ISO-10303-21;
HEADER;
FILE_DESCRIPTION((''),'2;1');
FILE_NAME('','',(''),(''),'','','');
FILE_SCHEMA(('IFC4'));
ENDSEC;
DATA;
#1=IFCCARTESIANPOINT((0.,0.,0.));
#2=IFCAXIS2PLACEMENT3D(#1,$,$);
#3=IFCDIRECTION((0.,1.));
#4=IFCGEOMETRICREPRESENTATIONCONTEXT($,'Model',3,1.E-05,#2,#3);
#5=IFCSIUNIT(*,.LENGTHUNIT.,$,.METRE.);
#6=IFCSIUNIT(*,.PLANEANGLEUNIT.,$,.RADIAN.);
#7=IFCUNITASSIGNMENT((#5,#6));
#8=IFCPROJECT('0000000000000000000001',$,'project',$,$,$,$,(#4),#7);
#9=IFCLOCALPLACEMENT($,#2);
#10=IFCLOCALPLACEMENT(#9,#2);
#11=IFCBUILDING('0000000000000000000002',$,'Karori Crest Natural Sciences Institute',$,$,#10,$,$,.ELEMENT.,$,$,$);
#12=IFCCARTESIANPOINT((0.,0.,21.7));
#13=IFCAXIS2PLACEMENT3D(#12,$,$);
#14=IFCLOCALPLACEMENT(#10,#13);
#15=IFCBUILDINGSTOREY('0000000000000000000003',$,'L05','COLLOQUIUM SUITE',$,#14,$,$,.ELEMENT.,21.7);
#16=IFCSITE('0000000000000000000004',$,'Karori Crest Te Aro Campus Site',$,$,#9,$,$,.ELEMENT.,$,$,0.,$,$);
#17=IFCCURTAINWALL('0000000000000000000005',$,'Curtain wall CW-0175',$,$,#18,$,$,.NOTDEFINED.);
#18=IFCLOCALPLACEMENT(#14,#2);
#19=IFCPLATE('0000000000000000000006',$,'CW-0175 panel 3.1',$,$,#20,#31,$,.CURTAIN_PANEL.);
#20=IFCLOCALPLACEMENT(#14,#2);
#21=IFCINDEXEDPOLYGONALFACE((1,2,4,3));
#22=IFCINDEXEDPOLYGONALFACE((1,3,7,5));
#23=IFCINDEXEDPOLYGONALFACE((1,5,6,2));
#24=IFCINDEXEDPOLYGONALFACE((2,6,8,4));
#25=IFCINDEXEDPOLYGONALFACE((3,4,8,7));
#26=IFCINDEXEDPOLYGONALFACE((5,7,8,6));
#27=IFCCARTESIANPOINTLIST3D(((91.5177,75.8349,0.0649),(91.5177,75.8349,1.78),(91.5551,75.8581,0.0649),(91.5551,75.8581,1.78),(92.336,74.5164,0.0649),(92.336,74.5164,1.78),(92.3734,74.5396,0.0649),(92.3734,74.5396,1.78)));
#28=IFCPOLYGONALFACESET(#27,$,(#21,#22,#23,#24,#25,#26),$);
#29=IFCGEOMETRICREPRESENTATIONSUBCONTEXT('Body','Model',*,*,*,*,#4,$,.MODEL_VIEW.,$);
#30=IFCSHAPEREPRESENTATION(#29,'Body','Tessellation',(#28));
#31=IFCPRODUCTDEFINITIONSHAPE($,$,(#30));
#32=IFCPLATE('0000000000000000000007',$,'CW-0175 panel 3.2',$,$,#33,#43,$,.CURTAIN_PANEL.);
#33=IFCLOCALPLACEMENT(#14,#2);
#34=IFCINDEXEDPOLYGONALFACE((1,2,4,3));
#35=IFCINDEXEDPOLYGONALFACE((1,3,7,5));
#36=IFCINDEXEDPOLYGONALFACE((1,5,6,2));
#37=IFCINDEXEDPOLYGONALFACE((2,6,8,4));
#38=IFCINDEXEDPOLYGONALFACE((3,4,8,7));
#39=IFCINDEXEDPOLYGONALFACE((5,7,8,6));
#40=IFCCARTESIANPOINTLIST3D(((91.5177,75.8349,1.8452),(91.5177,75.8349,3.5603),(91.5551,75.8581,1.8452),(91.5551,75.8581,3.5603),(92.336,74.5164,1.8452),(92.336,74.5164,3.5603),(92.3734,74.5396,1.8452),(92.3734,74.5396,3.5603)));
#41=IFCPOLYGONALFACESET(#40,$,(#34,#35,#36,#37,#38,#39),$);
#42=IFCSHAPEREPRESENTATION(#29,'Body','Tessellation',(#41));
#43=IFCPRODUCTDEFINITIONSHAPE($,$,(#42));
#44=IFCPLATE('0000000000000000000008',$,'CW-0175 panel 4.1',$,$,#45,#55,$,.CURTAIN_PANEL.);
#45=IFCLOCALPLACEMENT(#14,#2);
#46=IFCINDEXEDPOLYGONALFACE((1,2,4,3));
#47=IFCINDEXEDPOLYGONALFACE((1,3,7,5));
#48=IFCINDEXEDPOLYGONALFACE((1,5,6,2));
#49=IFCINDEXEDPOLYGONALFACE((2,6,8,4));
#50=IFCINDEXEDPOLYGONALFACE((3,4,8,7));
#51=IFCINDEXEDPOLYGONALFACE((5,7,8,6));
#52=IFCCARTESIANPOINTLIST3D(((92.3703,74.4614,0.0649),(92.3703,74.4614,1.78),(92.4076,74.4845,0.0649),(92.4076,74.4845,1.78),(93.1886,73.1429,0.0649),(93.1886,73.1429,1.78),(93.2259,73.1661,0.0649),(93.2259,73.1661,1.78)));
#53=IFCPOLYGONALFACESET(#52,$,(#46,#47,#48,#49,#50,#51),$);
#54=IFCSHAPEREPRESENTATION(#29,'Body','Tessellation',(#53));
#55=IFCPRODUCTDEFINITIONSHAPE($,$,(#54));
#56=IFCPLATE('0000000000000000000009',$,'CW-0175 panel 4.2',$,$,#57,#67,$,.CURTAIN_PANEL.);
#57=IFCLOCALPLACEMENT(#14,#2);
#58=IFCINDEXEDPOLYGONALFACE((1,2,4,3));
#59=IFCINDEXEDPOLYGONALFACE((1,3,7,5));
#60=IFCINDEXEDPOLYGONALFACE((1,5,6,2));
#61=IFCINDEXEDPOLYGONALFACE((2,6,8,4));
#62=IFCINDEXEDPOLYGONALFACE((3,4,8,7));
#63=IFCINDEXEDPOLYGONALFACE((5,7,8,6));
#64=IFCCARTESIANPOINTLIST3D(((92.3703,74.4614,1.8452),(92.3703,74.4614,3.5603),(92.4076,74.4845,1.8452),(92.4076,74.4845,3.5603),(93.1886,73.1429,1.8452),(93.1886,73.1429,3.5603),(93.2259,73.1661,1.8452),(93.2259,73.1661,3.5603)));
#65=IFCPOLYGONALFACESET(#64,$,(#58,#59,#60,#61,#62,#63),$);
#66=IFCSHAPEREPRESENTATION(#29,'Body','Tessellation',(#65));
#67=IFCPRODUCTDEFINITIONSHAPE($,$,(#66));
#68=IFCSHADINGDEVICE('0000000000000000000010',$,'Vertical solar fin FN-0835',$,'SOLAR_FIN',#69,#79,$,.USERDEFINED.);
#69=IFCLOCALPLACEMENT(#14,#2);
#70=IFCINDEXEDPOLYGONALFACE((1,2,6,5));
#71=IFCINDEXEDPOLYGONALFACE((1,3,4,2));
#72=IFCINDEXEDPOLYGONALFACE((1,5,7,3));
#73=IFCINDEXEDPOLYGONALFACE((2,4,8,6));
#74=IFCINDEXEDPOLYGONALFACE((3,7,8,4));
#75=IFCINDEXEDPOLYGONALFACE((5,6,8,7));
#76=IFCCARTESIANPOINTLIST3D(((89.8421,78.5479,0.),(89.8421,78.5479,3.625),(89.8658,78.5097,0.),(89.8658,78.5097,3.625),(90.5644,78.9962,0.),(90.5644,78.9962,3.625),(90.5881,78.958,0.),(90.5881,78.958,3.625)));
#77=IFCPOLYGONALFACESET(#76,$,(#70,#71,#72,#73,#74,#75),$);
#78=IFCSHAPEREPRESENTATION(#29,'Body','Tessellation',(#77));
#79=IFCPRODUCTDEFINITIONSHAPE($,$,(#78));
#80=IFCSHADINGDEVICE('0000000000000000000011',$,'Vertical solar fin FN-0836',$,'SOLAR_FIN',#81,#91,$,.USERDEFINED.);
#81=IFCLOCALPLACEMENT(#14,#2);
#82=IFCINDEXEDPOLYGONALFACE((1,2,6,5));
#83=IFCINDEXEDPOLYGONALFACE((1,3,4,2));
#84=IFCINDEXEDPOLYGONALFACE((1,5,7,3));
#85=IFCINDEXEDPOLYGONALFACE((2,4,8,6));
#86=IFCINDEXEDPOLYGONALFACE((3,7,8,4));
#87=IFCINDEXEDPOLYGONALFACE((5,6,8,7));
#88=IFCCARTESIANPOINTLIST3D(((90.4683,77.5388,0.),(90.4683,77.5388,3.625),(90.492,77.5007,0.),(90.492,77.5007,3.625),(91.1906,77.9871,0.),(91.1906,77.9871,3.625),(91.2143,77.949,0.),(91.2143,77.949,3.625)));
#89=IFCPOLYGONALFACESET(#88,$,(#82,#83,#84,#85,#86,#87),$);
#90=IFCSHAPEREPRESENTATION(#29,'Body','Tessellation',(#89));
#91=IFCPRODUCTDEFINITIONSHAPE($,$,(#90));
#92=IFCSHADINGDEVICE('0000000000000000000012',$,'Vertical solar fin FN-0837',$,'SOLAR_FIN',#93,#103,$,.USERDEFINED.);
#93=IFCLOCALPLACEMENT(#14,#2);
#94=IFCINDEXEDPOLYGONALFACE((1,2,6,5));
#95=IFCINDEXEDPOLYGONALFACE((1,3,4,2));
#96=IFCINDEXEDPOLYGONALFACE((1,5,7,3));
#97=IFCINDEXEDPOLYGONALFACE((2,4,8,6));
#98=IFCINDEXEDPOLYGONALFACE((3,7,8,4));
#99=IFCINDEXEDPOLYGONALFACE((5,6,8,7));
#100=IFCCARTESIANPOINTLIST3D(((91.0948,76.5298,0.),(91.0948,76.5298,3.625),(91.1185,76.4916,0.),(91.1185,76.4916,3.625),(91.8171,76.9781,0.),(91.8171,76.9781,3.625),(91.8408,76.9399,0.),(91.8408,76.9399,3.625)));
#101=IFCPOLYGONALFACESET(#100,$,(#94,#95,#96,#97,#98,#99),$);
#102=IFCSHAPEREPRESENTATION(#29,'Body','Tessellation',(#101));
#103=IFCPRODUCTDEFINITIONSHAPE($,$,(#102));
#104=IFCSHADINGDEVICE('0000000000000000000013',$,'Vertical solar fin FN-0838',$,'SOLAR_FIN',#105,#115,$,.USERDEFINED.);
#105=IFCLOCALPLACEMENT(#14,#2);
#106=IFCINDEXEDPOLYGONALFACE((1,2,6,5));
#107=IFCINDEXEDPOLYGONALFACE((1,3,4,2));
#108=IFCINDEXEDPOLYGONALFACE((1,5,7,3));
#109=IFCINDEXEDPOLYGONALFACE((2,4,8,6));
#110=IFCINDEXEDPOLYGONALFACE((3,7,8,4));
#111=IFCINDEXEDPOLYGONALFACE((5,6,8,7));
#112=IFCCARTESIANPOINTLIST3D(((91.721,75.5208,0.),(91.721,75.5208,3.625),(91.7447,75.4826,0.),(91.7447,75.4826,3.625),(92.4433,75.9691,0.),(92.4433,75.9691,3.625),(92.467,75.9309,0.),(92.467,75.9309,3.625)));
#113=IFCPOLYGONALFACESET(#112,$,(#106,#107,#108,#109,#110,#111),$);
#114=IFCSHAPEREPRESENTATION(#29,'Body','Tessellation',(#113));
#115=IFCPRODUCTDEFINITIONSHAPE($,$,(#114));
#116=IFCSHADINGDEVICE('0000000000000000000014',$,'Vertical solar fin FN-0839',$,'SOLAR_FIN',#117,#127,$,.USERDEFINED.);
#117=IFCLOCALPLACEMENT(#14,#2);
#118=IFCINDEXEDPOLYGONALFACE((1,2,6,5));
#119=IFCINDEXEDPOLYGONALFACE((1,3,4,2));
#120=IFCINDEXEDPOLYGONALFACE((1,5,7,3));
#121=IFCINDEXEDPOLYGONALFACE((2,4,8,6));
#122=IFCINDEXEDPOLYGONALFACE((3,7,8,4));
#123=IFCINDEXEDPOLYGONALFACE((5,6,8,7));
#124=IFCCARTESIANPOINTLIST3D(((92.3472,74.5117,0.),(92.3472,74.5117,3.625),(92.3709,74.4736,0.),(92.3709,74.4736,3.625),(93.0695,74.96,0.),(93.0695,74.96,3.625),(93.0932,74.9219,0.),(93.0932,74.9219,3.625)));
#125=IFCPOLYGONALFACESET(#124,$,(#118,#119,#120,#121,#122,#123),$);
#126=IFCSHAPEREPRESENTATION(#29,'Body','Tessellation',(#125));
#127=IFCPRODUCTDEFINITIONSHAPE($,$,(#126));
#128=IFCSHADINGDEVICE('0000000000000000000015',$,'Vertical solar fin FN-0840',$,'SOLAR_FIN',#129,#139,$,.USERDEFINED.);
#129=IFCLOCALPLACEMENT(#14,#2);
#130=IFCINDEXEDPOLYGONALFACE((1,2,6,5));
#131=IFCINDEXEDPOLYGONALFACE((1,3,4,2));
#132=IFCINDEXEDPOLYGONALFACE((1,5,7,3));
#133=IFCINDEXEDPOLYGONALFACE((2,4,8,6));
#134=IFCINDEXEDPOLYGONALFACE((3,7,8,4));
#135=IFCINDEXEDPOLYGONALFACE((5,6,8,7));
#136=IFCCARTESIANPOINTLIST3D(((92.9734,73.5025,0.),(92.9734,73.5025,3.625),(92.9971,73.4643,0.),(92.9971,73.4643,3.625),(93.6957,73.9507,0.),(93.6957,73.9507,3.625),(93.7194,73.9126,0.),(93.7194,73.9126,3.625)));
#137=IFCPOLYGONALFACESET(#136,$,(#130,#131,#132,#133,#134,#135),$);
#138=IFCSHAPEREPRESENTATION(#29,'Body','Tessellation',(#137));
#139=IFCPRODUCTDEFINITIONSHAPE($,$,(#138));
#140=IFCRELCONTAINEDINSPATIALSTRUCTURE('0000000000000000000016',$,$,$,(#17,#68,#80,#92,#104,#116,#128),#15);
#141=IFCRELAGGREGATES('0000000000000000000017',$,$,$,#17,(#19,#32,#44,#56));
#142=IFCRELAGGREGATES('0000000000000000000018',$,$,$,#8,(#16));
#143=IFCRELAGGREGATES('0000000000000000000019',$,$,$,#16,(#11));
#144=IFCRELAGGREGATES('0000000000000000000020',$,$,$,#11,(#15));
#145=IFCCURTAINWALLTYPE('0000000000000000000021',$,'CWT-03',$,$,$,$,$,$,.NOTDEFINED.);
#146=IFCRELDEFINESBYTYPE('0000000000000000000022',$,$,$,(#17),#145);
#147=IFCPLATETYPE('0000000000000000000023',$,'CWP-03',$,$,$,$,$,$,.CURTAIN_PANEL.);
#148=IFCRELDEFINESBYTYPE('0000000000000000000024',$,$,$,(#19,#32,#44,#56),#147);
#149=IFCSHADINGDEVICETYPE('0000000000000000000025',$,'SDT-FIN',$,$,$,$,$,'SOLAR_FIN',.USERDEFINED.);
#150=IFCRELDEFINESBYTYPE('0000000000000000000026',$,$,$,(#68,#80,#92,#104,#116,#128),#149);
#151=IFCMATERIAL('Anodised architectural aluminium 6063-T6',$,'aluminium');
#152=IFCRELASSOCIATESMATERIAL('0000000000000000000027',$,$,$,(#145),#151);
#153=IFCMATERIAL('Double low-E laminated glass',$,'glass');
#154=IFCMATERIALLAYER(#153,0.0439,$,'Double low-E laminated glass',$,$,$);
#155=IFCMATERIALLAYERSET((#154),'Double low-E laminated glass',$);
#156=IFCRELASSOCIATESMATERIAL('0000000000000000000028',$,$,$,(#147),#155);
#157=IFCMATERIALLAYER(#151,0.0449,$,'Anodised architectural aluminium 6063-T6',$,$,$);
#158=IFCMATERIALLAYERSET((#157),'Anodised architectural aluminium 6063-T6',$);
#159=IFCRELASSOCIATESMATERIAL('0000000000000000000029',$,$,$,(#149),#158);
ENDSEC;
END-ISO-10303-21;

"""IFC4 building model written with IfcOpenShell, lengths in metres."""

from ifc_helpers import new_model, si_unit, direction, frame, origin, origin_2d, place, context, subcontext, project, spatial, rectangle, extrude, material, layer, layer_set, type_object, element, aggregate, save


model = new_model("IFC4")

# Units and contexts
model_context = context("Model", 3, precision=1e-05, world=origin(), true_north=direction((0.0, 1.0)))
body_context = subcontext(model_context, "Body", "Model", "MODEL_VIEW")
ifc_project = project(units=[si_unit("LENGTHUNIT", "METRE"), si_unit("PLANEANGLEUNIT", "RADIAN")], contexts=[model_context])

# Site, building, storey
site_placement = place(None, origin())
site = spatial("IfcSite", under=ifc_project, at=site_placement, Name="Karori Crest Te Aro Campus Site", CompositionType="ELEMENT", RefElevation=0.0)
building_placement = place(site_placement, origin())
building = spatial("IfcBuilding", under=site, at=building_placement, Name="Karori Crest Natural Sciences Institute", CompositionType="ELEMENT")
storey_placement = place(building_placement, frame((0.0, 0.0, 21.7)))
storey = spatial("IfcBuildingStorey", under=building, at=storey_placement, Name="L05", Description="COLLOQUIUM SUITE", CompositionType="ELEMENT", Elevation=21.7)

# Curtain wall, plates
ifc_material_1 = material(Name="Anodised architectural aluminium 6063-T6", Category="aluminium")
curtain_wall_type = type_object("IfcCurtainWallType", Name="CWT-03", PredefinedType="NOTDEFINED", material=ifc_material_1)
curtain_wall_placement = place(storey_placement, origin())
curtain_wall = element("IfcCurtainWall", 1, at=curtain_wall_placement, inside=storey, type_object=curtain_wall_type, Name="Curtain wall CW-0175", PredefinedType="NOTDEFINED")
ifc_material_2 = material(Name="Double low-E laminated glass", Category="glass")
ifc_layer_1 = layer(ifc_material_2, 0.0439, Name="Double low-E laminated glass")
ifc_layer_set_1 = layer_set([ifc_layer_1], Name="Double low-E laminated glass")
plate_type = type_object("IfcPlateType", Name="CWP-03", PredefinedType="CURTAIN_PANEL", material=ifc_layer_set_1)
plate_1_placement = place(storey_placement, frame((91.9456, 75.1873, 0.0649), z_axis=(0.0, 0.0, 1.0), x_axis=(0.527328, -0.849662, 0.0)))
plate_1 = element("IfcPlate", 2, at=plate_1_placement, type_object=plate_type, Name="CW-0175 panel 3.1", PredefinedType="CURTAIN_PANEL", context=body_context, shape_type="SweptSolid", body=[
    extrude(rectangle(XDim=1.5518, YDim=0.0439, at=origin_2d()), origin(), (0.0, 0.0, 1.0), 1.7151),
])
plate_2_placement = place(storey_placement, frame((91.9456, 75.1873, 1.8452), z_axis=(0.0, 0.0, 1.0), x_axis=(0.527328, -0.849662, 0.0)))
plate_2 = element("IfcPlate", 3, at=plate_2_placement, type_object=plate_type, Name="CW-0175 panel 3.2", PredefinedType="CURTAIN_PANEL", context=body_context, shape_type="SweptSolid", body=[
    extrude(rectangle(XDim=1.5518, YDim=0.0439, at=origin_2d()), origin(), (0.0, 0.0, 1.0), 1.7151),
])
plate_3_placement = place(storey_placement, frame((92.7981, 73.8137, 0.0649), z_axis=(0.0, 0.0, 1.0), x_axis=(0.527328, -0.849662, 0.0)))
plate_3 = element("IfcPlate", 4, at=plate_3_placement, type_object=plate_type, Name="CW-0175 panel 4.1", PredefinedType="CURTAIN_PANEL", context=body_context, shape_type="SweptSolid", body=[
    extrude(rectangle(XDim=1.5518, YDim=0.0439, at=origin_2d()), origin(), (0.0, 0.0, 1.0), 1.7151),
])
plate_4_placement = place(storey_placement, frame((92.7981, 73.8137, 1.8452), z_axis=(0.0, 0.0, 1.0), x_axis=(0.527328, -0.849662, 0.0)))
plate_4 = element("IfcPlate", 5, at=plate_4_placement, type_object=plate_type, Name="CW-0175 panel 4.2", PredefinedType="CURTAIN_PANEL", context=body_context, shape_type="SweptSolid", body=[
    extrude(rectangle(XDim=1.5518, YDim=0.0439, at=origin_2d()), origin(), (0.0, 0.0, 1.0), 1.7151),
])
aggregate(curtain_wall, [plate_1, plate_2, plate_3, plate_4])

# Shading devices
ifc_layer_2 = layer(ifc_material_1, 0.0449, Name="Anodised architectural aluminium 6063-T6")
ifc_layer_set_2 = layer_set([ifc_layer_2], Name="Anodised architectural aluminium 6063-T6")
shading_device_type = type_object("IfcShadingDeviceType", Name="SDT-FIN", ElementType="SOLAR_FIN", PredefinedType="USERDEFINED", material=ifc_layer_set_2)
for number, where, z_axis, x_axis, name in (
    (6, (90.2151, 78.7529, 0.0), (0.0, 0.0, 1.0), (0.849662, 0.527328, 0.0), "Vertical solar fin FN-0835"),
    (7, (90.8413, 77.7439, 0.0), (0.0, 0.0, 1.0), (0.849662, 0.527328, 0.0), "Vertical solar fin FN-0836"),
    (8, (91.4678, 76.7349, 0.0), (0.0, 0.0, 1.0), (0.849662, 0.527328, 0.0), "Vertical solar fin FN-0837"),
    (9, (92.094, 75.7258, 0.0), (0.0, 0.0, 1.0), (0.849662, 0.527328, 0.0), "Vertical solar fin FN-0838"),
    (10, (92.7202, 74.7168, 0.0), (0.0, 0.0, 1.0), (0.849662, 0.527328, 0.0), "Vertical solar fin FN-0839"),
    (11, (93.3464, 73.7075, 0.0), (0.0, 0.0, 1.0), (0.849662, 0.527328, 0.0), "Vertical solar fin FN-0840"),
):
    element("IfcShadingDevice", number, at=place(storey_placement, frame(where, z_axis=z_axis, x_axis=x_axis)), inside=storey, type_object=shading_device_type, Name=name, ObjectType="SOLAR_FIN", PredefinedType="USERDEFINED", context=body_context, shape_type="SweptSolid", body=[
        extrude(rectangle(XDim=0.8501, YDim=0.0449, at=origin_2d()), origin(), (0.0, 0.0, 1.0), 3.625),
    ])

save(model, "model.ifc")
